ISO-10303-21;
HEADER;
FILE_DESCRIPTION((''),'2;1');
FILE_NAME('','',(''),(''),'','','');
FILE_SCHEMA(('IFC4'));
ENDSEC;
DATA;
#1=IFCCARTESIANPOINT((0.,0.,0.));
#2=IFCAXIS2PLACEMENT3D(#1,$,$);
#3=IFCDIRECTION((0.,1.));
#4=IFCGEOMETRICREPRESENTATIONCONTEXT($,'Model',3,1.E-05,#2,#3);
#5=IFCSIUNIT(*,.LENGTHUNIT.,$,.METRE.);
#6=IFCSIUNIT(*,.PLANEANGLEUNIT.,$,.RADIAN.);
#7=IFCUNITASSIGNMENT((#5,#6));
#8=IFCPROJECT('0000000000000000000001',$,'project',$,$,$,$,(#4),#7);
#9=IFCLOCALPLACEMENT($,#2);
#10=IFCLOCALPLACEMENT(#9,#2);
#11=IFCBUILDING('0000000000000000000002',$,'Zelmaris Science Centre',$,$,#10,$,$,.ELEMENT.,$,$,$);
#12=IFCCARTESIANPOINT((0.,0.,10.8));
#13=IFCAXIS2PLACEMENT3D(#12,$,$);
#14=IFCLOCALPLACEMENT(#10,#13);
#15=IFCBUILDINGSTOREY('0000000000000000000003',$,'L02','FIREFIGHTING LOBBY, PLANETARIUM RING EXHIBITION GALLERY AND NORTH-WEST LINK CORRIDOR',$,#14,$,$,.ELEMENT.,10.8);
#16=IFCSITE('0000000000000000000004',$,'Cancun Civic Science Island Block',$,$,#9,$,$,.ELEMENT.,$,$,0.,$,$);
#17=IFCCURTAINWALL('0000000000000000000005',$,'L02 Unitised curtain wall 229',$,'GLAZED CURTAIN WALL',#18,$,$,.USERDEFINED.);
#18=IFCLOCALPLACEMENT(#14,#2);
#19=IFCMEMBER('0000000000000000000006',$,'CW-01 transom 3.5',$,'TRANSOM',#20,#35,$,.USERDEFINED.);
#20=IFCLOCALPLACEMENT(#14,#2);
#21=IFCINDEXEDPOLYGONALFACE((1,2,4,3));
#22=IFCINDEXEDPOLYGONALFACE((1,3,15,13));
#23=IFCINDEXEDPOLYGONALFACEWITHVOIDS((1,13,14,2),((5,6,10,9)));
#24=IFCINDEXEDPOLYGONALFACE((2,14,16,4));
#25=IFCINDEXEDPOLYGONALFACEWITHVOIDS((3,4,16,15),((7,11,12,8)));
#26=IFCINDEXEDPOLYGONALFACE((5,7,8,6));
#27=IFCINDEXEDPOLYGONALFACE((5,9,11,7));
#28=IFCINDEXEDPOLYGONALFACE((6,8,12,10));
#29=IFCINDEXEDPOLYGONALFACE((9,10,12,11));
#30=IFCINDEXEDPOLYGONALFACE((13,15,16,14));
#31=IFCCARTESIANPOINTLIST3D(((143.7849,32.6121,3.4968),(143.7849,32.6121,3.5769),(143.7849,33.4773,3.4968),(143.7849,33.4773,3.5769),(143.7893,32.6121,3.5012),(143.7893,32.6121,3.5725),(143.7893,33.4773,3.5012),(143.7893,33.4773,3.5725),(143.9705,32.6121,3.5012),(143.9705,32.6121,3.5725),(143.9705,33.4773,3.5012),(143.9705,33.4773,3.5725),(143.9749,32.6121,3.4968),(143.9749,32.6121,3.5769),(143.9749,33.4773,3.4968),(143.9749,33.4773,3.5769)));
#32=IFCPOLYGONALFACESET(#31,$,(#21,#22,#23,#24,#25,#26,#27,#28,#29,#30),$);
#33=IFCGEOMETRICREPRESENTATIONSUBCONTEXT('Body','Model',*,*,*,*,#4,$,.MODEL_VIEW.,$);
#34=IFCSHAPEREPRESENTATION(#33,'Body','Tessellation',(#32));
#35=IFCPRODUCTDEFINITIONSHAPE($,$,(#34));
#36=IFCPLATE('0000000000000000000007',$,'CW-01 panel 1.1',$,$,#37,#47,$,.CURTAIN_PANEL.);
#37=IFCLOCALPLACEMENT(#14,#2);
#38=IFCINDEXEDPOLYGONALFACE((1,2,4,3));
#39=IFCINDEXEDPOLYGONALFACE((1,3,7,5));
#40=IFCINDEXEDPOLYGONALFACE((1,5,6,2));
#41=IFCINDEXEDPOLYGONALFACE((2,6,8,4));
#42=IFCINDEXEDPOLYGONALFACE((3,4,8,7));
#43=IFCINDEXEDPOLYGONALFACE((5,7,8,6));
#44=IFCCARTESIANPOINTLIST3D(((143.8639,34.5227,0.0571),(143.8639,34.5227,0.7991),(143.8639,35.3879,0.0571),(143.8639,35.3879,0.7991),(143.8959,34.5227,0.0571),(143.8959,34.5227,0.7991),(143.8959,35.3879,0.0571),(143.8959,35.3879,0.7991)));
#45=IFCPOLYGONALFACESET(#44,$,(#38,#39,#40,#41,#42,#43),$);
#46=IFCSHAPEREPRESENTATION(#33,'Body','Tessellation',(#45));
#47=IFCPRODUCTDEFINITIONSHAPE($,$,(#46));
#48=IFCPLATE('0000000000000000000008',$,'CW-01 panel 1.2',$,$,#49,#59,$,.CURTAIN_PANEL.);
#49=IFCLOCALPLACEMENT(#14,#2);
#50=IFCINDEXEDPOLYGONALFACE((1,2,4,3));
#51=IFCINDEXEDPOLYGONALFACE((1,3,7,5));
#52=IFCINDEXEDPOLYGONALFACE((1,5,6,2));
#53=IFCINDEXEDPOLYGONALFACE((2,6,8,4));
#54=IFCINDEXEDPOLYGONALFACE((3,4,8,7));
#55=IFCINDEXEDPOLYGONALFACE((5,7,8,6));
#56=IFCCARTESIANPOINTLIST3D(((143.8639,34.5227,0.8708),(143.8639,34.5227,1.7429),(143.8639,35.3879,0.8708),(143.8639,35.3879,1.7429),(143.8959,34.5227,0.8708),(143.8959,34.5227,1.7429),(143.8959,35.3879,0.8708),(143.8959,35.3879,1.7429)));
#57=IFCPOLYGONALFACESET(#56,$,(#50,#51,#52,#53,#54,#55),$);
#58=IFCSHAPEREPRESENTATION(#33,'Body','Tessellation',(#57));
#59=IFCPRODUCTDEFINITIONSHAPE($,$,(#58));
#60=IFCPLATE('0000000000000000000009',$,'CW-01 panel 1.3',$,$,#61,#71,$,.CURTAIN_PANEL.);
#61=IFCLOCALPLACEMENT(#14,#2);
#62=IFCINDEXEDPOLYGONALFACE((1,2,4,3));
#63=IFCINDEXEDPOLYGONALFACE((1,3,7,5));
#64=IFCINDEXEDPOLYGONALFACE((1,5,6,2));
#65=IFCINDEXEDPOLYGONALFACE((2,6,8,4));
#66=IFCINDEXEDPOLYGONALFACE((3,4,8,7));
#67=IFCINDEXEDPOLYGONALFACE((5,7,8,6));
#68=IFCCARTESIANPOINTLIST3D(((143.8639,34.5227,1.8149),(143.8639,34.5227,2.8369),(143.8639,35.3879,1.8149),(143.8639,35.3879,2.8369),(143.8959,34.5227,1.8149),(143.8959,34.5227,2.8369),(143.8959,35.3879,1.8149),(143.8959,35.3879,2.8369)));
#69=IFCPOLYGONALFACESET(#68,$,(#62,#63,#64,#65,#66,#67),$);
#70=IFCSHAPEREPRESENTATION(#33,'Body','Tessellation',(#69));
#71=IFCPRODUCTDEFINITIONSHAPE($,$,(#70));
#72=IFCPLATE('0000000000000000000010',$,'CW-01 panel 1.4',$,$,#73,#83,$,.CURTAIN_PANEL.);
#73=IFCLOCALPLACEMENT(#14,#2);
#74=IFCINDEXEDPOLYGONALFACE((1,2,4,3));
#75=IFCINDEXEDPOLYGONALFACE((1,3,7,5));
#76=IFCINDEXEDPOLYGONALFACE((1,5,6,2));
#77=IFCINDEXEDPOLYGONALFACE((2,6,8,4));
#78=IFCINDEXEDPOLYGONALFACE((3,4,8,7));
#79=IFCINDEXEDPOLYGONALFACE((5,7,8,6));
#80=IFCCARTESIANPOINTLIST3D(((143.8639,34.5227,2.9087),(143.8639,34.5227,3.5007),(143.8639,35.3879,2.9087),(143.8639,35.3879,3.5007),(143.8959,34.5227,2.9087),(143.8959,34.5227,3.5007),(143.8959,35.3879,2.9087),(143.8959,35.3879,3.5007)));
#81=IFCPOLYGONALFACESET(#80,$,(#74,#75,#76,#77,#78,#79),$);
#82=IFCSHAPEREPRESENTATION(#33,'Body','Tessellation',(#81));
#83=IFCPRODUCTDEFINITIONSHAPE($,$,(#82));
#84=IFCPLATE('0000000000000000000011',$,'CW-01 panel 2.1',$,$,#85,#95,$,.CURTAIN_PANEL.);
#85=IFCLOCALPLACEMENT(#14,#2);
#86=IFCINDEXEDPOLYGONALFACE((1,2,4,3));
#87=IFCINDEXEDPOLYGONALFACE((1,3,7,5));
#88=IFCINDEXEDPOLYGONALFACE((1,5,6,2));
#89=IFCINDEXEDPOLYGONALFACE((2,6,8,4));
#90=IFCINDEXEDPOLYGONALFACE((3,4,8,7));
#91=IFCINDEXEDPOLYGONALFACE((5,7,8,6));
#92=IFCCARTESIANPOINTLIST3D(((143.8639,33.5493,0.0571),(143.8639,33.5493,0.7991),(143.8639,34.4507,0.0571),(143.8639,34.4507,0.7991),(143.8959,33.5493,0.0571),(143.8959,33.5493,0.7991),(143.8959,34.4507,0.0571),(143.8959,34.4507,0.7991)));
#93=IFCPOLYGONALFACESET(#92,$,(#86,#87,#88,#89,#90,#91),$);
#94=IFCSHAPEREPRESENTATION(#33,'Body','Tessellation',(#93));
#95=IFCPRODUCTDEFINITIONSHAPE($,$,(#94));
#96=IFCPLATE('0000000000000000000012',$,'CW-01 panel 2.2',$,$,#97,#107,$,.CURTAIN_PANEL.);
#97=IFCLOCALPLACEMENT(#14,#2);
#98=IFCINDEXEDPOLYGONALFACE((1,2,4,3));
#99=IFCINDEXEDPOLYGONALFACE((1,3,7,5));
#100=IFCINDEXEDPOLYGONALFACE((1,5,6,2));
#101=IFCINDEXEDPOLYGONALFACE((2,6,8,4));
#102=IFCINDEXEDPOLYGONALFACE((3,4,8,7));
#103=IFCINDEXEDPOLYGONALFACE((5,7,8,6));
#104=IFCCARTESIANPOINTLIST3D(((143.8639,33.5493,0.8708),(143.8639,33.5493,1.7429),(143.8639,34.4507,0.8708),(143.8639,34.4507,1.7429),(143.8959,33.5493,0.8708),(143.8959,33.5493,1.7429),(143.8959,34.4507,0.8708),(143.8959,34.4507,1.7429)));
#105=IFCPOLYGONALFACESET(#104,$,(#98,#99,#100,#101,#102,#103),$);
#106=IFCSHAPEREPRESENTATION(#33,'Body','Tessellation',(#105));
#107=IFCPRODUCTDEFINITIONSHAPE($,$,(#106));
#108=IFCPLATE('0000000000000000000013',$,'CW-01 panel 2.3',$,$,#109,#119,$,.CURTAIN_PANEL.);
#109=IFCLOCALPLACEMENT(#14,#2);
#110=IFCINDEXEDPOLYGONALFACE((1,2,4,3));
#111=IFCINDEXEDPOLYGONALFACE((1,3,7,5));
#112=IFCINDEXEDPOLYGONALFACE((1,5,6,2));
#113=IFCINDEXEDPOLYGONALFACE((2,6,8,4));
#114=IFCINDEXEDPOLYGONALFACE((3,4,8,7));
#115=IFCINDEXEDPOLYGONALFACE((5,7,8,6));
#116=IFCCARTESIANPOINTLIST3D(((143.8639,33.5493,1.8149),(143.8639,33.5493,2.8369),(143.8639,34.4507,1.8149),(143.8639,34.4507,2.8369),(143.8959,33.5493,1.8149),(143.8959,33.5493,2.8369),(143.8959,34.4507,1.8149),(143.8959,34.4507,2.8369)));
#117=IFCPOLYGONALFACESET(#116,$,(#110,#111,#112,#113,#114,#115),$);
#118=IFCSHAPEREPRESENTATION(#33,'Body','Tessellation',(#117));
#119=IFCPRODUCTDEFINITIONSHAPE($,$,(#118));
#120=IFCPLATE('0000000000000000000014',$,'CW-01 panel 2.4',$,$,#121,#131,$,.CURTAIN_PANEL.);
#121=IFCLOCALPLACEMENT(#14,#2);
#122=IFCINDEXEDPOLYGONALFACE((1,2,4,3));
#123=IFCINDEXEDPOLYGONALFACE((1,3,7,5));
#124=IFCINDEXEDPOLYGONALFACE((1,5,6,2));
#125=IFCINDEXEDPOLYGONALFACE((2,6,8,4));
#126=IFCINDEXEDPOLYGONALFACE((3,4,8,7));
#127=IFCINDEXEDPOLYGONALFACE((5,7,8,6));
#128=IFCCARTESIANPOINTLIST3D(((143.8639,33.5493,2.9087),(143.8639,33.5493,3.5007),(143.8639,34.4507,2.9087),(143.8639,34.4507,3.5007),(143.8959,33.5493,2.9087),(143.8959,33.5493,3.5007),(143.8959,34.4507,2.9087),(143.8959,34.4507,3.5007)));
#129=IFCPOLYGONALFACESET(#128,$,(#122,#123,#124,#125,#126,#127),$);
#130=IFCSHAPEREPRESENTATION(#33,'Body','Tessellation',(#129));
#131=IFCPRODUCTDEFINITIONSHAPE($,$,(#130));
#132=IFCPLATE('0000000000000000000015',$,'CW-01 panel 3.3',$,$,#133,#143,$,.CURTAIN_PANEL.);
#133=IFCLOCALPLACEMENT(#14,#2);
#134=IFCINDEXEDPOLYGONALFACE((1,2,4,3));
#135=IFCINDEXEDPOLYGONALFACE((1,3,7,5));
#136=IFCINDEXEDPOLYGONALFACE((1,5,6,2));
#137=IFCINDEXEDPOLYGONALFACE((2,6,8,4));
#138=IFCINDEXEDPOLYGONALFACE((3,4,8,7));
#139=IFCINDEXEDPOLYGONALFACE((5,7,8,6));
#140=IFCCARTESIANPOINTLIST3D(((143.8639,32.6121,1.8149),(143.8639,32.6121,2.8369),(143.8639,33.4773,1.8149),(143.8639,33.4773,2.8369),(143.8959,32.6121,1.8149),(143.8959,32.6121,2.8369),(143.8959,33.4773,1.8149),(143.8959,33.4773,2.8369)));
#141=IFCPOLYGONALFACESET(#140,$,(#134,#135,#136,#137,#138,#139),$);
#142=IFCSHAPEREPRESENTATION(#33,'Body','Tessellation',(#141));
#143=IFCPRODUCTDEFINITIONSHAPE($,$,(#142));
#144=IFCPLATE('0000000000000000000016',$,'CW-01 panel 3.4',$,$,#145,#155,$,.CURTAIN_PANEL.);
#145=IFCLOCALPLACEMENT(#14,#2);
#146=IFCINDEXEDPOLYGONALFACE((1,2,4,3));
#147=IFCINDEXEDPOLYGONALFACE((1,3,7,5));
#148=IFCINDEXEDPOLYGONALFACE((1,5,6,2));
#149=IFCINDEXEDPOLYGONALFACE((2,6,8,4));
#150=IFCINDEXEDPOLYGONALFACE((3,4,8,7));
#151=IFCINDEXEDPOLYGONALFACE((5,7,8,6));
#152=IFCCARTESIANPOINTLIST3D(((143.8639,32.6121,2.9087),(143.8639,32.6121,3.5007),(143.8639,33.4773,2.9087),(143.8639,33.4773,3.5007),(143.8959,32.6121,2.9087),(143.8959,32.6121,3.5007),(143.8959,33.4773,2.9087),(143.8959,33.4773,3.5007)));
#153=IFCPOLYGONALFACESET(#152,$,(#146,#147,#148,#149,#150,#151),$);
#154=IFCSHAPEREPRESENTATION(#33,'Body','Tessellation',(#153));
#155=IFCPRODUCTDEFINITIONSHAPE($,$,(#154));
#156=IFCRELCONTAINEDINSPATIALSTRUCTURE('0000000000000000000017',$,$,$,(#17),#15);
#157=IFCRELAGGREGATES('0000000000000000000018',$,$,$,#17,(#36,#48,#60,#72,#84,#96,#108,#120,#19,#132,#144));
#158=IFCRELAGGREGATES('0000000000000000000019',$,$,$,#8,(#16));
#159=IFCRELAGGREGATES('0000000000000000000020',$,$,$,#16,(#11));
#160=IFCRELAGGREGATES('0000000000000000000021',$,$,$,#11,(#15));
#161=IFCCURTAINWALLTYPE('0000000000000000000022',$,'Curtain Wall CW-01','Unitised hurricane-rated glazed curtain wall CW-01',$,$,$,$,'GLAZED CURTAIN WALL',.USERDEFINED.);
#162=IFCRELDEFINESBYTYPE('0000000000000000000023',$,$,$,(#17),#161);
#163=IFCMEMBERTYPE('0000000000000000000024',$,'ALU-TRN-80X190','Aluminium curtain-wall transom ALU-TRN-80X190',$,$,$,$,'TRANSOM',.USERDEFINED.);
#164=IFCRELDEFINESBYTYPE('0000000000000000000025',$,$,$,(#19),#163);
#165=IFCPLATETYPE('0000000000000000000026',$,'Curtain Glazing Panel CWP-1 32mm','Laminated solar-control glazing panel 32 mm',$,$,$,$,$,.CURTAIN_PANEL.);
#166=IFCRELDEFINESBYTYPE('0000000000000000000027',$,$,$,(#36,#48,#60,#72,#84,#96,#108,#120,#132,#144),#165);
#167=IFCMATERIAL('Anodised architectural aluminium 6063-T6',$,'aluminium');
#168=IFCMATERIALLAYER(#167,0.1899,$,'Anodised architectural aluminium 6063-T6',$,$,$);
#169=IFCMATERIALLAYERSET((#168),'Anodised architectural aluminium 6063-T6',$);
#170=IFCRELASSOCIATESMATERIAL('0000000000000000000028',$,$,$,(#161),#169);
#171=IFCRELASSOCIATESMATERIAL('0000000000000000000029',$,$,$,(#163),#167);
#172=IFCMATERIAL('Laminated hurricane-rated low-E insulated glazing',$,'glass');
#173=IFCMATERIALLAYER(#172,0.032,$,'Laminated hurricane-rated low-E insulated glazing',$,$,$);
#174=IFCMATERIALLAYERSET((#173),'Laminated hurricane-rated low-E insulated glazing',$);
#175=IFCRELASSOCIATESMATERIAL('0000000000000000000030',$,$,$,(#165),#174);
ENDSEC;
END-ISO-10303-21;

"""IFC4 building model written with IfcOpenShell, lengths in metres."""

from ifc_helpers import new_model, si_unit, direction, frame, origin, origin_2d, place, context, subcontext, project, spatial, rectangle, hollow_rectangle, extrude, material, layer, layer_set, material_profile, profile_set, type_object, element, aggregate, save


model = new_model("IFC4")

# Units and contexts
model_context = context("Model", 3, precision=1e-05, world=origin(), true_north=direction((0.0, 1.0)))
body_context = subcontext(model_context, "Body", "Model", "MODEL_VIEW")
ifc_project = project(units=[si_unit("LENGTHUNIT", "METRE"), si_unit("PLANEANGLEUNIT", "RADIAN")], contexts=[model_context])

# Site, building, storey
site_placement = place(None, origin())
site = spatial("IfcSite", under=ifc_project, at=site_placement, Name="Cancun Civic Science Island Block", CompositionType="ELEMENT", RefElevation=0.0)
building_placement = place(site_placement, origin())
building = spatial("IfcBuilding", under=site, at=building_placement, Name="Zelmaris Science Centre", CompositionType="ELEMENT")
storey_placement = place(building_placement, frame((0.0, 0.0, 10.8)))
storey = spatial("IfcBuildingStorey", under=building, at=storey_placement, Name="L02", Description="FIREFIGHTING LOBBY, PLANETARIUM RING EXHIBITION GALLERY AND NORTH-WEST LINK CORRIDOR", CompositionType="ELEMENT", Elevation=10.8)

# Curtain wall, member, plates
ifc_material_1 = material(Name="Anodised architectural aluminium 6063-T6", Category="aluminium")
ifc_layer_1 = layer(ifc_material_1, 0.1899, Name="Anodised architectural aluminium 6063-T6")
ifc_layer_set_1 = layer_set([ifc_layer_1], Name="Anodised architectural aluminium 6063-T6")
curtain_wall_type = type_object("IfcCurtainWallType", Name="Curtain Wall CW-01", Description="Unitised hurricane-rated glazed curtain wall CW-01", ElementType="GLAZED CURTAIN WALL", PredefinedType="USERDEFINED", material=ifc_layer_set_1)
curtain_wall_placement = place(storey_placement, origin())
curtain_wall = element("IfcCurtainWall", 1, at=curtain_wall_placement, inside=storey, type_object=curtain_wall_type, Name="L02 Unitised curtain wall 229", ObjectType="GLAZED CURTAIN WALL", PredefinedType="USERDEFINED")
ifc_material_profile_1 = material_profile(ifc_material_1, hollow_rectangle(XDim=0.0801, YDim=0.1899, WallThickness=0.0044, at=origin_2d()), Name="ALU-TRN-80X190")
ifc_profile_set_1 = profile_set([ifc_material_profile_1], Name="Anodised architectural aluminium 6063-T6")
member_type_1 = type_object("IfcMemberType", Name="ALU-TRN-80X190", Description="Aluminium curtain-wall transom ALU-TRN-80X190", ElementType="TRANSOM", PredefinedType="USERDEFINED", material=ifc_profile_set_1)
member_1_placement = place(storey_placement, frame((143.8799, 33.4773, 3.5369), z_axis=(0.0, -1.0, 0.0), x_axis=(0.0, 0.0, 1.0)))
member_1 = element("IfcMember", 2, at=member_1_placement, type_object=member_type_1, Name="CW-01 transom 3.5", ObjectType="TRANSOM", PredefinedType="USERDEFINED", context=body_context, shape_type="SweptSolid", body=[
    extrude(hollow_rectangle(XDim=0.0801, YDim=0.1899, WallThickness=0.0044, at=origin_2d()), origin(), (0.0, 0.0, 1.0), 0.8652),
])
ifc_material_2 = material(Name="Laminated hurricane-rated low-E insulated glazing", Category="glass")
ifc_layer_2 = layer(ifc_material_2, 0.032, Name="Laminated hurricane-rated low-E insulated glazing")
ifc_layer_set_2 = layer_set([ifc_layer_2], Name="Laminated hurricane-rated low-E insulated glazing")
plate_type = type_object("IfcPlateType", Name="Curtain Glazing Panel CWP-1 32mm", Description="Laminated solar-control glazing panel 32 mm", PredefinedType="CURTAIN_PANEL", material=ifc_layer_set_2)
plate_1_placement = place(storey_placement, frame((143.8799, 34.9553, 0.0571), z_axis=(0.0, 0.0, 1.0), x_axis=(0.0, -1.0, 0.0)))
plate_1 = element("IfcPlate", 3, at=plate_1_placement, type_object=plate_type, Name="CW-01 panel 1.1", PredefinedType="CURTAIN_PANEL", context=body_context, shape_type="SweptSolid", body=[
    extrude(rectangle(XDim=0.8652, YDim=0.032, at=origin_2d()), origin(), (0.0, 0.0, 1.0), 0.7419),
])
plate_2_placement = place(storey_placement, frame((143.8799, 34.9553, 0.8708), z_axis=(0.0, 0.0, 1.0), x_axis=(0.0, -1.0, 0.0)))
plate_2 = element("IfcPlate", 4, at=plate_2_placement, type_object=plate_type, Name="CW-01 panel 1.2", PredefinedType="CURTAIN_PANEL", context=body_context, shape_type="SweptSolid", body=[
    extrude(rectangle(XDim=0.8652, YDim=0.032, at=origin_2d()), origin(), (0.0, 0.0, 1.0), 0.8721),
])
plate_3_placement = place(storey_placement, frame((143.8799, 34.9553, 1.8149), z_axis=(0.0, 0.0, 1.0), x_axis=(0.0, -1.0, 0.0)))
plate_3 = element("IfcPlate", 5, at=plate_3_placement, type_object=plate_type, Name="CW-01 panel 1.3", PredefinedType="CURTAIN_PANEL", context=body_context, shape_type="SweptSolid", body=[
    extrude(rectangle(XDim=0.8652, YDim=0.032, at=origin_2d()), origin(), (0.0, 0.0, 1.0), 1.022),
])
plate_4_placement = place(storey_placement, frame((143.8799, 34.9553, 2.9087), z_axis=(0.0, 0.0, 1.0), x_axis=(0.0, -1.0, 0.0)))
plate_4 = element("IfcPlate", 6, at=plate_4_placement, type_object=plate_type, Name="CW-01 panel 1.4", PredefinedType="CURTAIN_PANEL", context=body_context, shape_type="SweptSolid", body=[
    extrude(rectangle(XDim=0.8652, YDim=0.032, at=origin_2d()), origin(), (0.0, 0.0, 1.0), 0.592),
])
plate_5_placement = place(storey_placement, frame((143.8799, 34.0, 0.0571), z_axis=(0.0, 0.0, 1.0), x_axis=(0.0, -1.0, 0.0)))
plate_5 = element("IfcPlate", 7, at=plate_5_placement, type_object=plate_type, Name="CW-01 panel 2.1", PredefinedType="CURTAIN_PANEL", context=body_context, shape_type="SweptSolid", body=[
    extrude(rectangle(XDim=0.9014, YDim=0.032, at=origin_2d()), origin(), (0.0, 0.0, 1.0), 0.7419),
])
plate_6_placement = place(storey_placement, frame((143.8799, 34.0, 0.8708), z_axis=(0.0, 0.0, 1.0), x_axis=(0.0, -1.0, 0.0)))
plate_6 = element("IfcPlate", 8, at=plate_6_placement, type_object=plate_type, Name="CW-01 panel 2.2", PredefinedType="CURTAIN_PANEL", context=body_context, shape_type="SweptSolid", body=[
    extrude(rectangle(XDim=0.9014, YDim=0.032, at=origin_2d()), origin(), (0.0, 0.0, 1.0), 0.8721),
])
plate_7_placement = place(storey_placement, frame((143.8799, 34.0, 1.8149), z_axis=(0.0, 0.0, 1.0), x_axis=(0.0, -1.0, 0.0)))
plate_7 = element("IfcPlate", 9, at=plate_7_placement, type_object=plate_type, Name="CW-01 panel 2.3", PredefinedType="CURTAIN_PANEL", context=body_context, shape_type="SweptSolid", body=[
    extrude(rectangle(XDim=0.9014, YDim=0.032, at=origin_2d()), origin(), (0.0, 0.0, 1.0), 1.022),
])
plate_8_placement = place(storey_placement, frame((143.8799, 34.0, 2.9087), z_axis=(0.0, 0.0, 1.0), x_axis=(0.0, -1.0, 0.0)))
plate_8 = element("IfcPlate", 10, at=plate_8_placement, type_object=plate_type, Name="CW-01 panel 2.4", PredefinedType="CURTAIN_PANEL", context=body_context, shape_type="SweptSolid", body=[
    extrude(rectangle(XDim=0.9014, YDim=0.032, at=origin_2d()), origin(), (0.0, 0.0, 1.0), 0.592),
])
plate_9_placement = place(storey_placement, frame((143.8799, 33.0447, 1.8149), z_axis=(0.0, 0.0, 1.0), x_axis=(0.0, -1.0, 0.0)))
plate_9 = element("IfcPlate", 11, at=plate_9_placement, type_object=plate_type, Name="CW-01 panel 3.3", PredefinedType="CURTAIN_PANEL", context=body_context, shape_type="SweptSolid", body=[
    extrude(rectangle(XDim=0.8652, YDim=0.032, at=origin_2d()), origin(), (0.0, 0.0, 1.0), 1.022),
])
plate_10_placement = place(storey_placement, frame((143.8799, 33.0447, 2.9087), z_axis=(0.0, 0.0, 1.0), x_axis=(0.0, -1.0, 0.0)))
plate_10 = element("IfcPlate", 12, at=plate_10_placement, type_object=plate_type, Name="CW-01 panel 3.4", PredefinedType="CURTAIN_PANEL", context=body_context, shape_type="SweptSolid", body=[
    extrude(rectangle(XDim=0.8652, YDim=0.032, at=origin_2d()), origin(), (0.0, 0.0, 1.0), 0.592),
])
aggregate(curtain_wall, [plate_1, plate_2, plate_3, plate_4, plate_5, plate_6, plate_7, plate_8, member_1, plate_9, plate_10])

save(model, "model.ifc")
